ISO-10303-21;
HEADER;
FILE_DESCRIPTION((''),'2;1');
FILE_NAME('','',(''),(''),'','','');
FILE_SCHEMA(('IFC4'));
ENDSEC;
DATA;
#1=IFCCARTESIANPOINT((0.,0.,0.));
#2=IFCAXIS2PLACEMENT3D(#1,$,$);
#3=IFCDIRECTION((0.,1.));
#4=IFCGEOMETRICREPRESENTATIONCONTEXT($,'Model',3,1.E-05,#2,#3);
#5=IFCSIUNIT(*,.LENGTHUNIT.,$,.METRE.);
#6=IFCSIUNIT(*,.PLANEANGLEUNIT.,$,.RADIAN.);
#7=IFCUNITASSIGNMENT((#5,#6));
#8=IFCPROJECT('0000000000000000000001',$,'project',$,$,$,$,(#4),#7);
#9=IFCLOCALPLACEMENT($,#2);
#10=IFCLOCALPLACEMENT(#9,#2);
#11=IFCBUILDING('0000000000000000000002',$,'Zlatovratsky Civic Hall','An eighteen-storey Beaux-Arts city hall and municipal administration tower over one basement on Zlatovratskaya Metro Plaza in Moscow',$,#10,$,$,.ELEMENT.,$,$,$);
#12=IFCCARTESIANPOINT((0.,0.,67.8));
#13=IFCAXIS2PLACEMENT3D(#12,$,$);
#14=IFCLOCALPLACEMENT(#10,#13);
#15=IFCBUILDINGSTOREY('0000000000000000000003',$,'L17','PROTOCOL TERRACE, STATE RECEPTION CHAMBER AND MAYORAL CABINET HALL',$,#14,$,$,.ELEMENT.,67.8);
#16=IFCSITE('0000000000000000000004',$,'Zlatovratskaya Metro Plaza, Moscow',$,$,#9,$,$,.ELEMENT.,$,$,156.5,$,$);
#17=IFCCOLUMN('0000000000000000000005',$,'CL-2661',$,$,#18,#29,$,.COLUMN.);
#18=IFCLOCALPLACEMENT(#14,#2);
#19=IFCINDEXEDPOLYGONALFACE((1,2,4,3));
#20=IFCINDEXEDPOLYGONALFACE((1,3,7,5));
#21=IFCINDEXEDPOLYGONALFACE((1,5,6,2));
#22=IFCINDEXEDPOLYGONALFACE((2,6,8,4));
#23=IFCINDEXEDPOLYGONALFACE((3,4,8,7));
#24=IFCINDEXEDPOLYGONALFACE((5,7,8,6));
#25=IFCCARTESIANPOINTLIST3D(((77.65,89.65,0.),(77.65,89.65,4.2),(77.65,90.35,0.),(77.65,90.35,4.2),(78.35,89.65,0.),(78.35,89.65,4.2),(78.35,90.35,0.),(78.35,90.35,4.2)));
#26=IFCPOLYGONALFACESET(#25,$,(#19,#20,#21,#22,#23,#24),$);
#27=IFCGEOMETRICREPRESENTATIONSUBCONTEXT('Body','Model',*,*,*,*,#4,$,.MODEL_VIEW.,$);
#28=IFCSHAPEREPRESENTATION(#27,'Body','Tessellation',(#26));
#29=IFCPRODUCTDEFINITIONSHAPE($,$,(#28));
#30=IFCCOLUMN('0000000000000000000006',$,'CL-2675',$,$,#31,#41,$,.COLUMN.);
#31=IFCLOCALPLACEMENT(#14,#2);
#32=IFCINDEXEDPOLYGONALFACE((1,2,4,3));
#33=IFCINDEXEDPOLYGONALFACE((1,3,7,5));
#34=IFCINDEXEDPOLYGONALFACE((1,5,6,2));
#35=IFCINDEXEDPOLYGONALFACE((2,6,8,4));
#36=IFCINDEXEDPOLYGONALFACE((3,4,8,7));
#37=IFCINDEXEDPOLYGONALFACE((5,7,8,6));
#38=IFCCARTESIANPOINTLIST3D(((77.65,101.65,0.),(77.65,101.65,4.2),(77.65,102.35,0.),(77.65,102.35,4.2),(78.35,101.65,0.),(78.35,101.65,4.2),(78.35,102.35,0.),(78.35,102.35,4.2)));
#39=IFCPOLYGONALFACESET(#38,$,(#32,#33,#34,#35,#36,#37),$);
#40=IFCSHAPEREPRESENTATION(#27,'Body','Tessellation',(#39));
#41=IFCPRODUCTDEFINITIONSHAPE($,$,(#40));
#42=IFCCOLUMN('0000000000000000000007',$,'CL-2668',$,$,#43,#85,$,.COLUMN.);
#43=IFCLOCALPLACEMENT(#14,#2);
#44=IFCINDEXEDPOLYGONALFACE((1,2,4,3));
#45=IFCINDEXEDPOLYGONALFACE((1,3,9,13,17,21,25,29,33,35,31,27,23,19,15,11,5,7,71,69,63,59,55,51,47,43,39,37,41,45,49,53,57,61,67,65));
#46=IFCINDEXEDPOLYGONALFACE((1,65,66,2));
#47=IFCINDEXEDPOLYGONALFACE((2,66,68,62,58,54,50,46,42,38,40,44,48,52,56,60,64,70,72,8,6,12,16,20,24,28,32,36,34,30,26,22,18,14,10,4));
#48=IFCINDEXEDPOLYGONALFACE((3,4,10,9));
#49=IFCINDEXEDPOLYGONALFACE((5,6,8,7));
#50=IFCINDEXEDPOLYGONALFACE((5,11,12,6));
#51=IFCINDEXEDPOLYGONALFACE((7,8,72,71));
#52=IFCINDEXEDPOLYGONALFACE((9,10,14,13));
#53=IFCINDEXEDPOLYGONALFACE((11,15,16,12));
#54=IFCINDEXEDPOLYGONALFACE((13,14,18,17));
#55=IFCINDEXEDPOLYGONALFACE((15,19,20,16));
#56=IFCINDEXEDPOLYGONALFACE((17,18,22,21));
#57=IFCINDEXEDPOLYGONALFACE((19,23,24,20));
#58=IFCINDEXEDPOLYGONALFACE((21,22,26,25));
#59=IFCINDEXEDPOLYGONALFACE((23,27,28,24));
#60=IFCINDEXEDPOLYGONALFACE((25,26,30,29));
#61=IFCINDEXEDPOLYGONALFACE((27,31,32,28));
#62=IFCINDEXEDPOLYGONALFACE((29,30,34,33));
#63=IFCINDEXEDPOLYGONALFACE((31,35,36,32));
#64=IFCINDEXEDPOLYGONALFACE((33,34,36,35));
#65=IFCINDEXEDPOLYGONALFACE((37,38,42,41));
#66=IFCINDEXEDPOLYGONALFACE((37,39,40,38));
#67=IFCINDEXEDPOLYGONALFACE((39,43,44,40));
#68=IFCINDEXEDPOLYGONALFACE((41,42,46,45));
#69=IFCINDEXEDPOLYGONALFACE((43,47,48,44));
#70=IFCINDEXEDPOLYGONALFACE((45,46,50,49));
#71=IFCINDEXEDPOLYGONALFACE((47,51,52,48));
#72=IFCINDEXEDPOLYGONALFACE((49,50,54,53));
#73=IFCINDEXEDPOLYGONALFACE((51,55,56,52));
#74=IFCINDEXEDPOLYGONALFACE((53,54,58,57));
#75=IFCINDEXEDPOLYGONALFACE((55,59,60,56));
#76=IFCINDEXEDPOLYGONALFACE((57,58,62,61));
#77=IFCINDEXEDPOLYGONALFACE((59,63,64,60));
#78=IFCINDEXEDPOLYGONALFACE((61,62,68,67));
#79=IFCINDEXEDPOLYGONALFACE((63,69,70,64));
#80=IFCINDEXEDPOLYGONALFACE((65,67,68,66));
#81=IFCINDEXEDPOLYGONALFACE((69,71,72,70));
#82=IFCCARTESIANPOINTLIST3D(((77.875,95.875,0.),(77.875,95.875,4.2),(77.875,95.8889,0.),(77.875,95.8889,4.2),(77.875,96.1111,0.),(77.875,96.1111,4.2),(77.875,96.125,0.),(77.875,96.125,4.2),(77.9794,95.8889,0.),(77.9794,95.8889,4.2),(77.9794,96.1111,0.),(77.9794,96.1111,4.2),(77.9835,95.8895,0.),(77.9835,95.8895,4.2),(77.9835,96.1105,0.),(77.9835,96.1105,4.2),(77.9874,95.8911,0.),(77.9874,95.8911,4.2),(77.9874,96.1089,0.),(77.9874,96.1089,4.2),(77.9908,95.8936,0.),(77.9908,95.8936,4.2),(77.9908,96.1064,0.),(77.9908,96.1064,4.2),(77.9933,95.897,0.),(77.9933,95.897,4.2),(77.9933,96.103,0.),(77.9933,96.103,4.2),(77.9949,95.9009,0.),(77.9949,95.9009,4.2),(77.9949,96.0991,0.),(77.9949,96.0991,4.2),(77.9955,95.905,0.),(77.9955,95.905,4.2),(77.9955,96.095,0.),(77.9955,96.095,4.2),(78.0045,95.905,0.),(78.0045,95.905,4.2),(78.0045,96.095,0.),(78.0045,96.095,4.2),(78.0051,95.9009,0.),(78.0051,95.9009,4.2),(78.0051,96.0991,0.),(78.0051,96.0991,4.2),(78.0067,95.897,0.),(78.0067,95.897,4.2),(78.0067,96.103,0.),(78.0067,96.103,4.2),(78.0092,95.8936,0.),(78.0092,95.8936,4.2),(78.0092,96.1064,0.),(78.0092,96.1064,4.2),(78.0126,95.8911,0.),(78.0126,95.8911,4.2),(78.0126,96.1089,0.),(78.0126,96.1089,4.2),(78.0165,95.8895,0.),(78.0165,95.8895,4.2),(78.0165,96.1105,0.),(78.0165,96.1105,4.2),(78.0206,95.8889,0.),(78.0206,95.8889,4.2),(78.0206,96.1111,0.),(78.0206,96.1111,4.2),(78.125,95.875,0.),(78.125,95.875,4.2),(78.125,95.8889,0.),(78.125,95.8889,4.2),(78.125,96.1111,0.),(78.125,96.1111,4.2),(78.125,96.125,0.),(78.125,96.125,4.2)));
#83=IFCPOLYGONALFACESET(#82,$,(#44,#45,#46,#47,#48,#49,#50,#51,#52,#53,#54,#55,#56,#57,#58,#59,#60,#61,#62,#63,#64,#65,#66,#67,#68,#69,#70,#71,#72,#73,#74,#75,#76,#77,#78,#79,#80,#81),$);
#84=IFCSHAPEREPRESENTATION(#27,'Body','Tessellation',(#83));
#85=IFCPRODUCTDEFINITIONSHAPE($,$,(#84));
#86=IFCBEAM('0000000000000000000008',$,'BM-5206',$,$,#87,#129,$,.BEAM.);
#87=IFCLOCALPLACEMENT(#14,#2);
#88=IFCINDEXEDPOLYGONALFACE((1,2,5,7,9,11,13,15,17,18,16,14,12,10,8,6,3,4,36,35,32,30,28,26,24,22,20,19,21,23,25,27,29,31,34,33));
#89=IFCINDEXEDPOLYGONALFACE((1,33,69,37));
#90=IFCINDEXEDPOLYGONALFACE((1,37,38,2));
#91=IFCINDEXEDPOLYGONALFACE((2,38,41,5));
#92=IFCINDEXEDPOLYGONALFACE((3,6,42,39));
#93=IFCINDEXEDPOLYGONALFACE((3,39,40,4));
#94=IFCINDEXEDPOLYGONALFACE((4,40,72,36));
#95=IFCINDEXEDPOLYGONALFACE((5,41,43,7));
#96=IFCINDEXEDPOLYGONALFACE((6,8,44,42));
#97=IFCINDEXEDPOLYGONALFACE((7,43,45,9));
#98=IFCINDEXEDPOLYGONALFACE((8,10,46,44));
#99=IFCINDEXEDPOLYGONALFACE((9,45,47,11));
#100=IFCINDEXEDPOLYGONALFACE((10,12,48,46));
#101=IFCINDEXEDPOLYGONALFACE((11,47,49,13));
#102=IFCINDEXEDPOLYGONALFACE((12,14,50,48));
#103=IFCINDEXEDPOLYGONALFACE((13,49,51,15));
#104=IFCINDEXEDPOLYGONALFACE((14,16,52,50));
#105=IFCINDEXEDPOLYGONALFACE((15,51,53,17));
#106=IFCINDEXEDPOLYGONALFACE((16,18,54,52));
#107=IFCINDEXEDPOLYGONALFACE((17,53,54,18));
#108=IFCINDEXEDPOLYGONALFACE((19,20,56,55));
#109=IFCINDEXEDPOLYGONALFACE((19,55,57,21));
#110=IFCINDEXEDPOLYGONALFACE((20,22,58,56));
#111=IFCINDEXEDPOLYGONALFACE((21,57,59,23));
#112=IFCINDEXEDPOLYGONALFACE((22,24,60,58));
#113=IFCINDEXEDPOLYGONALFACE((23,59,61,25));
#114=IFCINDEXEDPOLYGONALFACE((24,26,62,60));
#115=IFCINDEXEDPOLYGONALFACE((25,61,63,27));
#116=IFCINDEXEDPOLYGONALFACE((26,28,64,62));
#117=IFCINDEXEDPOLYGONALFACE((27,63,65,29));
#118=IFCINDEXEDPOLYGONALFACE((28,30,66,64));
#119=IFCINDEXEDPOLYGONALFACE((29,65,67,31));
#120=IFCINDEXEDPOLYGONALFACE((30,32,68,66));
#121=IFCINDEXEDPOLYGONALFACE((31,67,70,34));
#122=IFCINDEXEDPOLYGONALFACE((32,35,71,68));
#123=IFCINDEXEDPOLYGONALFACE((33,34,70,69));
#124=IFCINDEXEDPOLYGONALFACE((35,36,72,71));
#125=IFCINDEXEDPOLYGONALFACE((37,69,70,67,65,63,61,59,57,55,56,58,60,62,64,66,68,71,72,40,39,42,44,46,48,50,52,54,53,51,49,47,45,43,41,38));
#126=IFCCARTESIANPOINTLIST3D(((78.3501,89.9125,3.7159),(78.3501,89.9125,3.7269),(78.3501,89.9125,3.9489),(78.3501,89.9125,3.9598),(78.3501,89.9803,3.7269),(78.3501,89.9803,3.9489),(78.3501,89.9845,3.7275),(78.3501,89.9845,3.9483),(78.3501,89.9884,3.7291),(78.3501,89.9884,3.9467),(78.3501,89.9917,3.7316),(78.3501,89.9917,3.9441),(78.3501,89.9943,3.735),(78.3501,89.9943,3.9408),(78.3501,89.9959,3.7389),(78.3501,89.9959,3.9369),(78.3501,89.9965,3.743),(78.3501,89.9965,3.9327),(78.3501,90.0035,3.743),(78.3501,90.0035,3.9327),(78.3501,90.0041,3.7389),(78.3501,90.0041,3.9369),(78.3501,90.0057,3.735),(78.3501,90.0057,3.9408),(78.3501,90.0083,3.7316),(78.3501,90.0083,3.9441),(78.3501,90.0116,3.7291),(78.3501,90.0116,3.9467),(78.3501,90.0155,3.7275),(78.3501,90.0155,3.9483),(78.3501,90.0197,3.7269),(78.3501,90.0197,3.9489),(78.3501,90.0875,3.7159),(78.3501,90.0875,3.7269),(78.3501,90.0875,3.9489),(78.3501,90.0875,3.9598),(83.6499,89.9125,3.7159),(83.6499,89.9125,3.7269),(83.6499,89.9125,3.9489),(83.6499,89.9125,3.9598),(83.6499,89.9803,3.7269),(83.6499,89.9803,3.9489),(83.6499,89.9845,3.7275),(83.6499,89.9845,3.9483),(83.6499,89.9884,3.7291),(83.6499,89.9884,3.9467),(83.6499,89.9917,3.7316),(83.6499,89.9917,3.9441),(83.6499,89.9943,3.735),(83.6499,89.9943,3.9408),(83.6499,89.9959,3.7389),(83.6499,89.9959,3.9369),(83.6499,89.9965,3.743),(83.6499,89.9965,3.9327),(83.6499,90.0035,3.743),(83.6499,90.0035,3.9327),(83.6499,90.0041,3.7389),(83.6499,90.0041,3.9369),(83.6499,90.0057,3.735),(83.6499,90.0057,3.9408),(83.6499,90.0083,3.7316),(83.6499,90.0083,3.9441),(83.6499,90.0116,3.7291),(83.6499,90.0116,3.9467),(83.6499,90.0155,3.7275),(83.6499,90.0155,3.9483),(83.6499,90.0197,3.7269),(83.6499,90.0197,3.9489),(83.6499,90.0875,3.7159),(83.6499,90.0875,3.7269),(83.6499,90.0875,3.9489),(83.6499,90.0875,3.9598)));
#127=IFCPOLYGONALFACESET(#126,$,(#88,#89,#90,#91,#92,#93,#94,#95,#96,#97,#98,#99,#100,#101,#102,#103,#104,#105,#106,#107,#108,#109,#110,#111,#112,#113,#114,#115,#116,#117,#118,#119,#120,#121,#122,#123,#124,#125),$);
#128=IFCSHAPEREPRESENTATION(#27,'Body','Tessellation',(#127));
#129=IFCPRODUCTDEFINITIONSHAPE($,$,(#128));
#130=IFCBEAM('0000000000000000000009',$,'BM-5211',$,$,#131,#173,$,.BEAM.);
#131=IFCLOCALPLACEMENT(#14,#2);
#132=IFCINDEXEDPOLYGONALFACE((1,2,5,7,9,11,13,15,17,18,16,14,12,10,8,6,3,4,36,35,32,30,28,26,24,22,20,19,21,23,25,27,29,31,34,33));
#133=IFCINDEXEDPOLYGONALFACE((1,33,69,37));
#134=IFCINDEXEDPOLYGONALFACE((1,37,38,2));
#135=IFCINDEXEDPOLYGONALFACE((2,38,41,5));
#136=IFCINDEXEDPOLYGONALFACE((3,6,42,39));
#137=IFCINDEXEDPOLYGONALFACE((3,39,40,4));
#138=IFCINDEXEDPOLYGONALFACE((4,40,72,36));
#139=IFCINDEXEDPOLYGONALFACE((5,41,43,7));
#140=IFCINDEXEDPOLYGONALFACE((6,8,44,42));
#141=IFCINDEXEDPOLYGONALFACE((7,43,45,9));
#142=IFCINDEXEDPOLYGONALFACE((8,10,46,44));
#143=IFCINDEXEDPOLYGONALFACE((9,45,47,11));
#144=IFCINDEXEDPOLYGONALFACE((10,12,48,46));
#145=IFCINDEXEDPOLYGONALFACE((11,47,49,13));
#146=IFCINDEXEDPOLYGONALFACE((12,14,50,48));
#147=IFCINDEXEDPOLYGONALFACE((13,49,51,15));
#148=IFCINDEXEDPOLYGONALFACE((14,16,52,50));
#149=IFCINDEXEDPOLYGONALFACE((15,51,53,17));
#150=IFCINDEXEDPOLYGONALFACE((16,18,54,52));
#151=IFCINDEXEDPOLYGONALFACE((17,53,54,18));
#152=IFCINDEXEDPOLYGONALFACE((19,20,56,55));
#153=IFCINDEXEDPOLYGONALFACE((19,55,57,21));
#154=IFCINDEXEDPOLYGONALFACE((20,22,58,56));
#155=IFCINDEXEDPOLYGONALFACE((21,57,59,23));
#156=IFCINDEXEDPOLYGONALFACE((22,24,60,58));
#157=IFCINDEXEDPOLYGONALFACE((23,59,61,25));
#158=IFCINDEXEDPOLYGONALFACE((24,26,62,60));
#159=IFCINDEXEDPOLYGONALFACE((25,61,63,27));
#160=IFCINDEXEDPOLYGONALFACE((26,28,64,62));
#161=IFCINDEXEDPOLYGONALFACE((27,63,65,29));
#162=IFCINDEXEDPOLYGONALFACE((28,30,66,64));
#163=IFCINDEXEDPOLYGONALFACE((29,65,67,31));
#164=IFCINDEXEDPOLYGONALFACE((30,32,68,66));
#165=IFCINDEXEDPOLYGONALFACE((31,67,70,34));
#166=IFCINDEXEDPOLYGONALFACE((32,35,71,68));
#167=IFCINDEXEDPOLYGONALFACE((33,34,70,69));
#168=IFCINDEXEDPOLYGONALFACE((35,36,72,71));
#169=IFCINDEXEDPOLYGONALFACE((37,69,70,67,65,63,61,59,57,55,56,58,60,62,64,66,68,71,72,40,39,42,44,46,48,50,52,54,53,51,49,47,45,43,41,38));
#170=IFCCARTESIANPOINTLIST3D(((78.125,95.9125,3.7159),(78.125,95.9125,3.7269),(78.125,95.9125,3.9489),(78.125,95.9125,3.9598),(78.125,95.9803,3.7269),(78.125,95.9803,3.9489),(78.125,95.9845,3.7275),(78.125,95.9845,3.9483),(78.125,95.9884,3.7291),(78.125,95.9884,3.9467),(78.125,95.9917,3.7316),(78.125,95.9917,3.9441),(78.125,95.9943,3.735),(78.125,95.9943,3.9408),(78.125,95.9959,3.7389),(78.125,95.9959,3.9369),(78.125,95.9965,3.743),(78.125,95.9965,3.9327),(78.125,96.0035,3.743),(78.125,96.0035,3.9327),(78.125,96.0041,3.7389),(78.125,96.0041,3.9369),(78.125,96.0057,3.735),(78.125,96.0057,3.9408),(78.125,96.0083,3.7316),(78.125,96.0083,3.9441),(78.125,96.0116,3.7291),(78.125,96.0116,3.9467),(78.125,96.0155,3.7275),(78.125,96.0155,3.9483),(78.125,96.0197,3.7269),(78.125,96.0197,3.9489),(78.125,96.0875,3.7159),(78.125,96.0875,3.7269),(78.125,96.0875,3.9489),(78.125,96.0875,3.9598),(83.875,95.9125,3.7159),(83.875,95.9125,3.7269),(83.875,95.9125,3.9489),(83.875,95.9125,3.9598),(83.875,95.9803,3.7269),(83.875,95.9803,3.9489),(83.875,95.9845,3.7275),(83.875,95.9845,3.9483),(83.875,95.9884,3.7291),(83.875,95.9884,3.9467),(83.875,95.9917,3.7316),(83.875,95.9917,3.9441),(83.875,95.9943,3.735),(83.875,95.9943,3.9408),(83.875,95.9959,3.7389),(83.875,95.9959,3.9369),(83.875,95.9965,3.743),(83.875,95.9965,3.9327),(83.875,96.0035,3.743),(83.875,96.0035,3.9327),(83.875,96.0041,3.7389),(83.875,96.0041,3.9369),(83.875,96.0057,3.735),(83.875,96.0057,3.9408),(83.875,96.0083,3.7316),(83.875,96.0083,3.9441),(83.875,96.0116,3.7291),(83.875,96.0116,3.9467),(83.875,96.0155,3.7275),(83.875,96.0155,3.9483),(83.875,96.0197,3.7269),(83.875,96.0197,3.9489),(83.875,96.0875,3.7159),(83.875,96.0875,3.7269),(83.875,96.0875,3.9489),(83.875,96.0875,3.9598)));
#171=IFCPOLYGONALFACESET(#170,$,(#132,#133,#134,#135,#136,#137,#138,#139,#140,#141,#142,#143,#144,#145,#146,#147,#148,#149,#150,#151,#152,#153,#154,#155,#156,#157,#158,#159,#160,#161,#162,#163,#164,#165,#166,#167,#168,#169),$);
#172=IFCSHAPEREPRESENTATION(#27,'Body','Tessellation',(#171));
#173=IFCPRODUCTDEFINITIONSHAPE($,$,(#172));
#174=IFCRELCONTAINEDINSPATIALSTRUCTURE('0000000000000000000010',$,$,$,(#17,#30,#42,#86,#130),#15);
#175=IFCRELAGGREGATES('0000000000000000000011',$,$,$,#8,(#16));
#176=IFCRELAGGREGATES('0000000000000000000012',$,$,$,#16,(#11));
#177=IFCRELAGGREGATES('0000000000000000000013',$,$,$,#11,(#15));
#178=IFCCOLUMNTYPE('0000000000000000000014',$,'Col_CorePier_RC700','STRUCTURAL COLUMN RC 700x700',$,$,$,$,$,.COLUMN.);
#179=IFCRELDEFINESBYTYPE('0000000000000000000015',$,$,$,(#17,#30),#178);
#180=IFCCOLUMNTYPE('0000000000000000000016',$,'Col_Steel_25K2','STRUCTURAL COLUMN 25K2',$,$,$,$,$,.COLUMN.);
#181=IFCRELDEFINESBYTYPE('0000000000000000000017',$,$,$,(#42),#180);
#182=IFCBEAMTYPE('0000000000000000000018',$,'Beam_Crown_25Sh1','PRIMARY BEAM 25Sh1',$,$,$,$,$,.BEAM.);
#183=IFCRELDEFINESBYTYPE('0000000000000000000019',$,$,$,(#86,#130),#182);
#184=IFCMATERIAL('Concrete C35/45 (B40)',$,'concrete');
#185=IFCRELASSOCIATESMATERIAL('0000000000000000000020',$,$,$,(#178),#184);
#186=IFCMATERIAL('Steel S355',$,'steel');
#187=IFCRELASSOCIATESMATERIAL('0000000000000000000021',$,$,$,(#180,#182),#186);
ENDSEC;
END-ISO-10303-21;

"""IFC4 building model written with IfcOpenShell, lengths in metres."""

from ifc_helpers import new_model, si_unit, direction, frame, origin, origin_2d, place, context, subcontext, project, spatial, rectangle, i_section, extrude, material, material_profile, profile_set, type_object, element, save


model = new_model("IFC4")

# Units and contexts
model_context = context("Model", 3, precision=1e-05, world=origin(), true_north=direction((0.0, 1.0)))
body_context = subcontext(model_context, "Body", "Model", "MODEL_VIEW")
ifc_project = project(units=[si_unit("LENGTHUNIT", "METRE"), si_unit("PLANEANGLEUNIT", "RADIAN")], contexts=[model_context])

# Site, building, storey
site_placement = place(None, origin())
site = spatial("IfcSite", under=ifc_project, at=site_placement, Name="Zlatovratskaya Metro Plaza, Moscow", CompositionType="ELEMENT", RefElevation=156.5)
building_placement = place(site_placement, origin())
building = spatial("IfcBuilding", under=site, at=building_placement, Name="Zlatovratsky Civic Hall", Description="An eighteen-storey Beaux-Arts city hall and municipal administration tower over one basement on Zlatovratskaya Metro Plaza in Moscow", CompositionType="ELEMENT")
storey_placement = place(building_placement, frame((0.0, 0.0, 67.8)))
storey = spatial("IfcBuildingStorey", under=building, at=storey_placement, Name="L17", Description="PROTOCOL TERRACE, STATE RECEPTION CHAMBER AND MAYORAL CABINET HALL", CompositionType="ELEMENT", Elevation=67.8)

# Columns
ifc_material_1 = material(Name="Concrete C35/45 (B40)", Category="concrete")
ifc_material_profile_1 = material_profile(ifc_material_1, rectangle(XDim=0.7, YDim=0.7, at=origin_2d()), Name="RC 700x700")
ifc_profile_set_1 = profile_set([ifc_material_profile_1], Name="Concrete C35/45 (B40)")
column_type_1 = type_object("IfcColumnType", Name="Col_CorePier_RC700", Description="STRUCTURAL COLUMN RC 700x700", PredefinedType="COLUMN", material=ifc_profile_set_1)
for number, where, z_axis, x_axis, name in (
    (1, (78.0, 90.0, 0.0), (0.0, 0.0, 1.0), (1.0, 0.0, 0.0), "CL-2661"),
    (2, (78.0, 102.0, 0.0), (0.0, 0.0, 1.0), (1.0, 0.0, 0.0), "CL-2675"),
):
    element("IfcColumn", number, at=place(storey_placement, frame(where, z_axis=z_axis, x_axis=x_axis)), inside=storey, type_object=column_type_1, Name=name, PredefinedType="COLUMN", context=body_context, shape_type="SweptSolid", body=[
        extrude(rectangle(XDim=0.7, YDim=0.7, at=origin_2d()), origin(), (0.0, 0.0, 1.0), 4.2),
    ])
ifc_material_2 = material(Name="Steel S355", Category="steel")
ifc_material_profile_2 = material_profile(ifc_material_2, i_section(OverallWidth=0.25, OverallDepth=0.25, WebThickness=0.009, FlangeThickness=0.0139, FilletRadius=0.0161, at=origin_2d()), Name="25K2")
ifc_profile_set_2 = profile_set([ifc_material_profile_2], Name="Steel S355")
column_type_2 = type_object("IfcColumnType", Name="Col_Steel_25K2", Description="STRUCTURAL COLUMN 25K2", PredefinedType="COLUMN", material=ifc_profile_set_2)
column_placement = place(storey_placement, frame((78.0, 96.0, 0.0), z_axis=(0.0, 0.0, 1.0), x_axis=(1.0, 0.0, 0.0)))
element("IfcColumn", 3, at=column_placement, inside=storey, type_object=column_type_2, Name="CL-2668", PredefinedType="COLUMN", context=body_context, shape_type="SweptSolid", body=[
    extrude(i_section(OverallWidth=0.25, OverallDepth=0.25, WebThickness=0.009, FlangeThickness=0.0139, FilletRadius=0.0161, at=origin_2d()), origin(), (0.0, 0.0, 1.0), 4.2),
])

# Beams
ifc_material_profile_3 = material_profile(ifc_material_2, i_section(OverallWidth=0.175, OverallDepth=0.2439, WebThickness=0.0071, FlangeThickness=0.011, FilletRadius=0.0161, at=origin_2d()), Name="25Sh1")
ifc_profile_set_3 = profile_set([ifc_material_profile_3], Name="Steel S355")
beam_type_1 = type_object("IfcBeamType", Name="Beam_Crown_25Sh1", Description="PRIMARY BEAM 25Sh1", PredefinedType="BEAM", material=ifc_profile_set_3)
beam_1_placement = place(storey_placement, frame((78.3501, 90.0, 3.8379), z_axis=(1.0, 0.0, 0.0), x_axis=(0.0, 1.0, 0.0)))
element("IfcBeam", 4, at=beam_1_placement, inside=storey, type_object=beam_type_1, Name="BM-5206", PredefinedType="BEAM", context=body_context, shape_type="SweptSolid", body=[
    extrude(i_section(OverallWidth=0.175, OverallDepth=0.2439, WebThickness=0.0071, FlangeThickness=0.011, FilletRadius=0.0161, at=origin_2d()), origin(), (0.0, 0.0, 1.0), 5.2998),
])
beam_2_placement = place(storey_placement, frame((78.125, 96.0, 3.8379), z_axis=(1.0, 0.0, 0.0), x_axis=(0.0, 1.0, 0.0)))
element("IfcBeam", 5, at=beam_2_placement, inside=storey, type_object=beam_type_1, Name="BM-5211", PredefinedType="BEAM", context=body_context, shape_type="SweptSolid", body=[
    extrude(i_section(OverallWidth=0.175, OverallDepth=0.2439, WebThickness=0.0071, FlangeThickness=0.011, FilletRadius=0.0161, at=origin_2d()), origin(), (0.0, 0.0, 1.0), 5.75),
])

save(model, "model.ifc")
